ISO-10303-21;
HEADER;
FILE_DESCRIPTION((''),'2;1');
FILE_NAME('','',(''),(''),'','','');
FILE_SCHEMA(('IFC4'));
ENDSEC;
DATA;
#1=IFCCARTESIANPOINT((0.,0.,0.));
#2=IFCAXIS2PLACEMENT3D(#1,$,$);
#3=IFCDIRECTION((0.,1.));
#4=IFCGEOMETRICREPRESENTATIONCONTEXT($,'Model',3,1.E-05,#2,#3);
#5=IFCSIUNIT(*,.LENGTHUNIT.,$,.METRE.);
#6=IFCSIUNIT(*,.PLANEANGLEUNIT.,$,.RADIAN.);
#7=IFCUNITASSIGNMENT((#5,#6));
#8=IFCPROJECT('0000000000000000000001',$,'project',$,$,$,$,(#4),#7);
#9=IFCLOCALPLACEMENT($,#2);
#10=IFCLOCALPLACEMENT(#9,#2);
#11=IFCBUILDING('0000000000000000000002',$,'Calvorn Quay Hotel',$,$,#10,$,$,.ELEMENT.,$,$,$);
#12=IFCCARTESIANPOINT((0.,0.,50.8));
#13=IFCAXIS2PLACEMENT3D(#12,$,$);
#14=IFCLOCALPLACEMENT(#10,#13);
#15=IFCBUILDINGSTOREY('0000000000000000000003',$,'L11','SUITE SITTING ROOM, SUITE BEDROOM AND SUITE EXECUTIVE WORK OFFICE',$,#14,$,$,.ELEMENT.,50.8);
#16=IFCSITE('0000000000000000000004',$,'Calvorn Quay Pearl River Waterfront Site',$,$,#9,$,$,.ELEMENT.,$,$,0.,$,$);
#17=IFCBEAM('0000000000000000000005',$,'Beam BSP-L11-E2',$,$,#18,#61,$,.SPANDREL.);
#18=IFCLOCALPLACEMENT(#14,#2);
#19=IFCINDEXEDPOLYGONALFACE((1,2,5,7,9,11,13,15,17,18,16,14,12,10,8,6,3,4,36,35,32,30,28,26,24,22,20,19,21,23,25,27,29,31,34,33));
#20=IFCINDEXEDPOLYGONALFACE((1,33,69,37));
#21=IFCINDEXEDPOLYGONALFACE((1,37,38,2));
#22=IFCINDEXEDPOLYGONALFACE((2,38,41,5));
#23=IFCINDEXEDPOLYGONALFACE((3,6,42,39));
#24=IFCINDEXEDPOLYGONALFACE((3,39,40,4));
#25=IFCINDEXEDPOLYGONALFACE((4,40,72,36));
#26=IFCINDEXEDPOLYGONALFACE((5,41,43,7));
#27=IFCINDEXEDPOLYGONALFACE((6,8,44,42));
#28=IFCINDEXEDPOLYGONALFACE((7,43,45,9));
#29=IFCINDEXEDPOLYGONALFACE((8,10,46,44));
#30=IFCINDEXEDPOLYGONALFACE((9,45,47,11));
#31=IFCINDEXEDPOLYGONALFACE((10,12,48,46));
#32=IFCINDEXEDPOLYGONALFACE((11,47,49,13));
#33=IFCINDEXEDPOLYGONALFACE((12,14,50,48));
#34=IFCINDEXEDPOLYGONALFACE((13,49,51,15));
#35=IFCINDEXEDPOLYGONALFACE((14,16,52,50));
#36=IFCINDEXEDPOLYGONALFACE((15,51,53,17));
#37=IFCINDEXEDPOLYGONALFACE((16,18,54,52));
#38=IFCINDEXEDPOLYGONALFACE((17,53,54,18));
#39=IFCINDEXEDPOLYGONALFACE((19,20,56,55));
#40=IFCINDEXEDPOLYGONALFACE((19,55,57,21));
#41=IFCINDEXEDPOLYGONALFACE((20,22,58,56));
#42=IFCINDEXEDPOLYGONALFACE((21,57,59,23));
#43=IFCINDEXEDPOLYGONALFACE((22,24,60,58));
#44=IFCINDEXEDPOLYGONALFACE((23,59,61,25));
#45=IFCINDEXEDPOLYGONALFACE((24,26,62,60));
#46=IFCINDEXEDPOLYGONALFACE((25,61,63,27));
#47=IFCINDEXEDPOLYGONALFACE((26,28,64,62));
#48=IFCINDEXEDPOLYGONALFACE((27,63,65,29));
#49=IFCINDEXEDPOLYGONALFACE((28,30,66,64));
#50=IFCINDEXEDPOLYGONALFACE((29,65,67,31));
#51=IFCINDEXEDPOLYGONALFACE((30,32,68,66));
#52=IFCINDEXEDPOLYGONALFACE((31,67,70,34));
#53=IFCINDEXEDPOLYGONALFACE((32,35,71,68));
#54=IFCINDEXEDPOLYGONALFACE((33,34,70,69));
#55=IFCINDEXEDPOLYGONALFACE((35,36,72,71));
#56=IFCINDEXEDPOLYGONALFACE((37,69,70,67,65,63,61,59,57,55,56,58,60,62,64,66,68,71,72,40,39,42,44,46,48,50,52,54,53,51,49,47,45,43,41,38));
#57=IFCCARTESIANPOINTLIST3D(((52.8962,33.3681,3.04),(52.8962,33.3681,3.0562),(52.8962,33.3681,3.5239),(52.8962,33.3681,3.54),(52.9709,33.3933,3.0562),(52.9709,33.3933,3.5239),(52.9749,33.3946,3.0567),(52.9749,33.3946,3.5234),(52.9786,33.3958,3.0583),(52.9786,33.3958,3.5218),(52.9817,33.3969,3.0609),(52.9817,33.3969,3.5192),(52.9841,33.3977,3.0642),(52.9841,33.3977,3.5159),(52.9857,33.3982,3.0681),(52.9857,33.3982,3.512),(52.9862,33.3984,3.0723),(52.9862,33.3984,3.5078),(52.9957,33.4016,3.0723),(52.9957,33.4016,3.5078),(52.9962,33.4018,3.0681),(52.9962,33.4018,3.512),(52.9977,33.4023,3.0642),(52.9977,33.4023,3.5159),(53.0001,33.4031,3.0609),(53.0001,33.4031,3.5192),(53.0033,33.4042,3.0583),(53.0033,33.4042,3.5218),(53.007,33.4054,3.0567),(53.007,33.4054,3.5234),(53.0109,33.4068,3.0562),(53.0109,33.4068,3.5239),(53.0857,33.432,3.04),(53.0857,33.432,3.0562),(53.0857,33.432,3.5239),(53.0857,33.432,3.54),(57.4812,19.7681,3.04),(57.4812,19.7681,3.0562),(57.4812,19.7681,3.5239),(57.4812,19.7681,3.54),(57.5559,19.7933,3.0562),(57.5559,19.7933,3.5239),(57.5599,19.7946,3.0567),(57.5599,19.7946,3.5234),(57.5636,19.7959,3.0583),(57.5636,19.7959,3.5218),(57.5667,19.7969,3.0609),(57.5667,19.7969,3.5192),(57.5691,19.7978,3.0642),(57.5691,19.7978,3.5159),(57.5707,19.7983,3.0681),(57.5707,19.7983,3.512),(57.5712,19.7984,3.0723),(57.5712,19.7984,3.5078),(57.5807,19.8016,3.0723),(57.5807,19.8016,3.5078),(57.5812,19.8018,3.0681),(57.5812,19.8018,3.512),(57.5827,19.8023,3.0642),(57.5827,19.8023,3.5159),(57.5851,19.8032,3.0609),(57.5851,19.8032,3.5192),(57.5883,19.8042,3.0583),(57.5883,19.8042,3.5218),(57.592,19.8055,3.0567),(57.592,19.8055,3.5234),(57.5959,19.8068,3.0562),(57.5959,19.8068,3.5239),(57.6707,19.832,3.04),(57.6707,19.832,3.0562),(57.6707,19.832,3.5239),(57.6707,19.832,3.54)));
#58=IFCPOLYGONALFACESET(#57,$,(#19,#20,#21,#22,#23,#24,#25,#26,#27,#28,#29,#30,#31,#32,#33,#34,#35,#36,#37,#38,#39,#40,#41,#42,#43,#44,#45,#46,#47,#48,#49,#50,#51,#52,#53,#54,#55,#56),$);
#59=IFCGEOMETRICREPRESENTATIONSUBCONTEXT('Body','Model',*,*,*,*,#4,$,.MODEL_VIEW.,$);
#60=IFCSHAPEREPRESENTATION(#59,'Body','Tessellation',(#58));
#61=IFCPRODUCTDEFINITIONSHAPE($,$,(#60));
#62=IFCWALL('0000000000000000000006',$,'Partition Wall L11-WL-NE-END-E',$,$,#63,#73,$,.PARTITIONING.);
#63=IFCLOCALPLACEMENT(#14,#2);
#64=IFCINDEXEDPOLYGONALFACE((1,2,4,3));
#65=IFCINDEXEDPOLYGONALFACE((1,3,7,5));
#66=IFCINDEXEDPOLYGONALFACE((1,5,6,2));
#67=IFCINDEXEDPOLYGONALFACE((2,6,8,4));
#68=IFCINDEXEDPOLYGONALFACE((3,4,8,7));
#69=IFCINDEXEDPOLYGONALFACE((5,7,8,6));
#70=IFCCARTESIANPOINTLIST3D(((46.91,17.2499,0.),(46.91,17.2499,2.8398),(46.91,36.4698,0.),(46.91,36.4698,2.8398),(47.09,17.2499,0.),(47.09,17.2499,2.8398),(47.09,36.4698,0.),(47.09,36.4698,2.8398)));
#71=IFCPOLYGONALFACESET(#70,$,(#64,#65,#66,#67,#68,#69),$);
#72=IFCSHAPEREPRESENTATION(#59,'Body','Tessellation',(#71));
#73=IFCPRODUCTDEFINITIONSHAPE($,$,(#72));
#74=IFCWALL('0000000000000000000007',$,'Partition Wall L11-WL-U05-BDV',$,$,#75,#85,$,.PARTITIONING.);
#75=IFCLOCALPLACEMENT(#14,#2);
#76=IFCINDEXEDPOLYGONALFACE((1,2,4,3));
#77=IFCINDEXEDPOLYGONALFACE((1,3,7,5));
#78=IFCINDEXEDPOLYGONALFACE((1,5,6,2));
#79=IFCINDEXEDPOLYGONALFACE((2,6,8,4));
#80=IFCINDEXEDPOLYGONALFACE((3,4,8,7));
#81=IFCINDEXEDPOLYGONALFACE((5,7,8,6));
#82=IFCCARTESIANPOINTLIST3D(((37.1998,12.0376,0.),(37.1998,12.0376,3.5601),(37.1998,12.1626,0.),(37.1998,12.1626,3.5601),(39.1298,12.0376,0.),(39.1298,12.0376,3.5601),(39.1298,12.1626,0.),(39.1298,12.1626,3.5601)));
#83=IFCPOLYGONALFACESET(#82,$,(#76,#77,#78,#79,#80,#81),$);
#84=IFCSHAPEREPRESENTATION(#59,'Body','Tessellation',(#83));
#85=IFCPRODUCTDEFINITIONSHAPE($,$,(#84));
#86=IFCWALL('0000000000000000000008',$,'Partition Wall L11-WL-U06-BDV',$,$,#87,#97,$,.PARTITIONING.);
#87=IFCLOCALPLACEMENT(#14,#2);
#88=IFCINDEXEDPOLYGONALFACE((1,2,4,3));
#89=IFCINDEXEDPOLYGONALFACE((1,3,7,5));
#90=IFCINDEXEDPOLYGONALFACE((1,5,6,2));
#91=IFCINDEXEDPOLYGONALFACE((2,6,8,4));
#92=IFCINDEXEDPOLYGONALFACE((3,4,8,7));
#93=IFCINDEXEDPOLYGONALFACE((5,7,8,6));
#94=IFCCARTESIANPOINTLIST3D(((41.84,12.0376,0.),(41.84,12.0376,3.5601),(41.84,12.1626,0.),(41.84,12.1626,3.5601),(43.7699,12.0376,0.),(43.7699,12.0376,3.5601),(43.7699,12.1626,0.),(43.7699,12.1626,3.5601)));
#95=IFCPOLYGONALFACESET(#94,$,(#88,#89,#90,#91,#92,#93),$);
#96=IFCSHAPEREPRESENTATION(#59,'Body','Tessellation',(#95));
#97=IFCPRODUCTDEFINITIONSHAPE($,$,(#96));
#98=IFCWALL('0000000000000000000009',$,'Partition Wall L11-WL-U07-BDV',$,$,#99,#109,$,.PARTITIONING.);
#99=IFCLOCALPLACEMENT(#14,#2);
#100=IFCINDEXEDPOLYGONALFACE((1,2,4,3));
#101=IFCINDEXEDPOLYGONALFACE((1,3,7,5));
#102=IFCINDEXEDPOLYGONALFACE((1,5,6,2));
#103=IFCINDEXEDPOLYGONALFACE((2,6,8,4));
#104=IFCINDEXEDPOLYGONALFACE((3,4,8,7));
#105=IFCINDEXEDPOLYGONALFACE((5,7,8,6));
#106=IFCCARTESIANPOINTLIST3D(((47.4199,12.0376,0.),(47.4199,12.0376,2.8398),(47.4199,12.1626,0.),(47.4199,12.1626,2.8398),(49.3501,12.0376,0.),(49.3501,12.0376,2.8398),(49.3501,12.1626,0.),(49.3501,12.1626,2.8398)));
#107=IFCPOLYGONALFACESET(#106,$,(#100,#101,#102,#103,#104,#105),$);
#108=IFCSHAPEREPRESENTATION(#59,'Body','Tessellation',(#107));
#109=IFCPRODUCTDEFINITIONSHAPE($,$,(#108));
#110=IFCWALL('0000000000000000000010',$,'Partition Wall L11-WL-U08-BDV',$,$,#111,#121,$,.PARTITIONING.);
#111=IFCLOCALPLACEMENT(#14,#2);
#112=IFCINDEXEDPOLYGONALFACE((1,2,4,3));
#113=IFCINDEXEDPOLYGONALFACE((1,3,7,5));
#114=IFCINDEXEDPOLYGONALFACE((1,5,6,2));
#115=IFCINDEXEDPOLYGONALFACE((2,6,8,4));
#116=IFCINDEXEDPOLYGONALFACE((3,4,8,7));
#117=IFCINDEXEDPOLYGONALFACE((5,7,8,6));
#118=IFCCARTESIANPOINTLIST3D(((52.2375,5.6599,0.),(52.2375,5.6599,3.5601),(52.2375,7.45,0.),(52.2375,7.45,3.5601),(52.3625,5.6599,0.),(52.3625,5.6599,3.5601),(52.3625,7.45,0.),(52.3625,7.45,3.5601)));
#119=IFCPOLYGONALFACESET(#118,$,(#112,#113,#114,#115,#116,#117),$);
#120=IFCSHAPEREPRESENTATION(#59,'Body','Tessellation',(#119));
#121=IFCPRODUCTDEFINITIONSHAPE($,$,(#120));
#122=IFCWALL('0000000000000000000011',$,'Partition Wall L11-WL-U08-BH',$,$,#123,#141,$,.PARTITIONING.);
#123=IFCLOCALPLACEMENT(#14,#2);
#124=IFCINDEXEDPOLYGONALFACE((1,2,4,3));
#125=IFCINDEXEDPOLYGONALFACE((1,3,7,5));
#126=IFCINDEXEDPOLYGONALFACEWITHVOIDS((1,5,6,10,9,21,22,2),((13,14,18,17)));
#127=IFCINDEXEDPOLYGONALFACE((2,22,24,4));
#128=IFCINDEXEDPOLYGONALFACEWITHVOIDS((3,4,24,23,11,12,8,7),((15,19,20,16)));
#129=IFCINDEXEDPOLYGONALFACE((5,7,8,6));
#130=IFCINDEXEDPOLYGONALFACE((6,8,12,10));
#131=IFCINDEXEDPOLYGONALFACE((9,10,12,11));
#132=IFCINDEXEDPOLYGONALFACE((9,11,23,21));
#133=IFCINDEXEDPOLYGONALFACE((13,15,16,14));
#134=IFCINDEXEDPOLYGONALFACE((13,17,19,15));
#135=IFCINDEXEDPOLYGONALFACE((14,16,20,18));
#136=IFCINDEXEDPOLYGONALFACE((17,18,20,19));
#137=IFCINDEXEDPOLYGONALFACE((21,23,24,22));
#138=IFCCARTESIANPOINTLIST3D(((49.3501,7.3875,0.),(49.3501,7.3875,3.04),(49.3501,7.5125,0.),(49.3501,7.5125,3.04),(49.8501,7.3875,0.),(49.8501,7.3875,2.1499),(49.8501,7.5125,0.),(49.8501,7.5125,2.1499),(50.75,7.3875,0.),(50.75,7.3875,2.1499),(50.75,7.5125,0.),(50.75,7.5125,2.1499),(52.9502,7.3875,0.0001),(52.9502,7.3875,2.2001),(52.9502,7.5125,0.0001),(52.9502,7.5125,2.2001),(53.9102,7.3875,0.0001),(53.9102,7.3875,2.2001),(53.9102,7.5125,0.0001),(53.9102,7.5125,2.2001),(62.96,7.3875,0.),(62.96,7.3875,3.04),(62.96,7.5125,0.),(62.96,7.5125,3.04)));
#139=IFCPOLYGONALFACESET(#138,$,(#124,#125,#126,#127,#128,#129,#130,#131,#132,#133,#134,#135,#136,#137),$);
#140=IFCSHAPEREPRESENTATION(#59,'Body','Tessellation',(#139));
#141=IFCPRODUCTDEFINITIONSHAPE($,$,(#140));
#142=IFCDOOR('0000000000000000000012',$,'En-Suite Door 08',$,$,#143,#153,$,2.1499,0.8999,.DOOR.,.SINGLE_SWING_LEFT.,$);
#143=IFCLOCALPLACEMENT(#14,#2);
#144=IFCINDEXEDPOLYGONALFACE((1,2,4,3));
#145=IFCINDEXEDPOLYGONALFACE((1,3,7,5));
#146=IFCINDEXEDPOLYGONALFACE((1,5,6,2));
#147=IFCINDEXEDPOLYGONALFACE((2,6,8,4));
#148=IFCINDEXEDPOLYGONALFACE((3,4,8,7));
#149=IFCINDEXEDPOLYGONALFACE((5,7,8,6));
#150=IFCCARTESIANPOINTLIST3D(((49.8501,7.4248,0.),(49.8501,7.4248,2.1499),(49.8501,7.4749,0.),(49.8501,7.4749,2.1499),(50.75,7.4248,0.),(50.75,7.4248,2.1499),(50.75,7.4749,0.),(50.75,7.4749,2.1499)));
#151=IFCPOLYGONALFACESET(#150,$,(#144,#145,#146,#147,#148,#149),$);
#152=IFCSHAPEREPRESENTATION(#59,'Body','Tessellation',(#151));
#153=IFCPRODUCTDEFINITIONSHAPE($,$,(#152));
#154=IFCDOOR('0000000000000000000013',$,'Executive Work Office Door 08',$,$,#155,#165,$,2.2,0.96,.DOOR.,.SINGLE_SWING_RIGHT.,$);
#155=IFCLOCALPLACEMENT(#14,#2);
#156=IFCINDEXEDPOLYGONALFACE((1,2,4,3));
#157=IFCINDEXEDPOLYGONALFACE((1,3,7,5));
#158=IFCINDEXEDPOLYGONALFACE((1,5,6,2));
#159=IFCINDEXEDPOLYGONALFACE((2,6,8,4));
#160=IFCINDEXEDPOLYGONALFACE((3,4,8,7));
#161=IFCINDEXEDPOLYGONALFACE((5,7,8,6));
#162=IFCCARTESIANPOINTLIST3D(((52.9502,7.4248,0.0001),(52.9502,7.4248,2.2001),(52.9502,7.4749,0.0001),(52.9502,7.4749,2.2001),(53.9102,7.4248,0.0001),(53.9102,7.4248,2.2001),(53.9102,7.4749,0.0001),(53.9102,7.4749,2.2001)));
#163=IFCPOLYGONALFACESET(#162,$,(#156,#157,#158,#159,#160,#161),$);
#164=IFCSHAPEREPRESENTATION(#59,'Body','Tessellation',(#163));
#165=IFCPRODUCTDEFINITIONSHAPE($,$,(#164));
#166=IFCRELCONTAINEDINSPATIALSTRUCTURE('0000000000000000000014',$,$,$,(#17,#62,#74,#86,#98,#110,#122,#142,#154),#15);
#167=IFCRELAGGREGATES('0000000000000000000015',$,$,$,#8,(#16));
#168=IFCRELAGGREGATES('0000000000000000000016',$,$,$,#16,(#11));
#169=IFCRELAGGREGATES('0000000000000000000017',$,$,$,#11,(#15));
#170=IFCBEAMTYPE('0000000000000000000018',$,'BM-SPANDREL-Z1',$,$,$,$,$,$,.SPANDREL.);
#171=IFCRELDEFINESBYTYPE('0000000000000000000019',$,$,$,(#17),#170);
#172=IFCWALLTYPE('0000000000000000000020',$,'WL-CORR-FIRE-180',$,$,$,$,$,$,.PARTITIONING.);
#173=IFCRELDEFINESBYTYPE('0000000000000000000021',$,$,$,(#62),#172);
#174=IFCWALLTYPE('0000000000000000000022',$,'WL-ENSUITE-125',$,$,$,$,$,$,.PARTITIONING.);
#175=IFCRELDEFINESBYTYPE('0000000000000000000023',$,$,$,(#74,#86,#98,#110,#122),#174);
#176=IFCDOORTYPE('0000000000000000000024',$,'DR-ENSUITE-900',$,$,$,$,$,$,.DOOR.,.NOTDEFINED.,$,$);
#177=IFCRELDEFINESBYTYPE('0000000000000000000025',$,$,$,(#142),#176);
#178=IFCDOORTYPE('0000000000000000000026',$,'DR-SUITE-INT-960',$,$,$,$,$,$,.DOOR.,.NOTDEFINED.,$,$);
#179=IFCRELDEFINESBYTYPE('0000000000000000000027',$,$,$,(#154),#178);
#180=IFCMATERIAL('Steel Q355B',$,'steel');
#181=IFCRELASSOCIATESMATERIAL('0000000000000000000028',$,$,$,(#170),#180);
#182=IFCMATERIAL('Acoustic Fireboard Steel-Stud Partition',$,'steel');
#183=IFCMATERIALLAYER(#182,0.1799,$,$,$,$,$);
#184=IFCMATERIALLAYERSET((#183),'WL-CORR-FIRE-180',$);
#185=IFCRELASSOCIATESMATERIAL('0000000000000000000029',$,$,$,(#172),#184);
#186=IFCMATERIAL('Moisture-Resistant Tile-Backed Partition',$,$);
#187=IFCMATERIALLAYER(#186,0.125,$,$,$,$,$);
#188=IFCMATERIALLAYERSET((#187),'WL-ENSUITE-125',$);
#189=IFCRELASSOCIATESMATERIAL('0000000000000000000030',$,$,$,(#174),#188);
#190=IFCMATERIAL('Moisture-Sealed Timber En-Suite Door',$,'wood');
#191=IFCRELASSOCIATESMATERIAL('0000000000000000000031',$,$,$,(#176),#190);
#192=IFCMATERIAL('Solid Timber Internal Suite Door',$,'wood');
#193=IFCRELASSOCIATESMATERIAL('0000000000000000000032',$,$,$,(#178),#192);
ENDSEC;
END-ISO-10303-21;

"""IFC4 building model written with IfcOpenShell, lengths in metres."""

from ifc_helpers import new_model, si_unit, direction, frame, frame_2d, origin, origin_2d, place, context, subcontext, project, spatial, rectangle, i_section, extrude, material, layer, layer_set, material_profile, profile_set, type_object, element, fill, save


model = new_model("IFC4")

# Units and contexts
model_context = context("Model", 3, precision=1e-05, world=origin(), true_north=direction((0.0, 1.0)))
body_context = subcontext(model_context, "Body", "Model", "MODEL_VIEW")
ifc_project = project(units=[si_unit("LENGTHUNIT", "METRE"), si_unit("PLANEANGLEUNIT", "RADIAN")], contexts=[model_context])

# Site, building, storey
site_placement = place(None, origin())
site = spatial("IfcSite", under=ifc_project, at=site_placement, Name="Calvorn Quay Pearl River Waterfront Site", CompositionType="ELEMENT", RefElevation=0.0)
building_placement = place(site_placement, origin())
building = spatial("IfcBuilding", under=site, at=building_placement, Name="Calvorn Quay Hotel", CompositionType="ELEMENT")
storey_placement = place(building_placement, frame((0.0, 0.0, 50.8)))
storey = spatial("IfcBuildingStorey", under=building, at=storey_placement, Name="L11", Description="SUITE SITTING ROOM, SUITE BEDROOM AND SUITE EXECUTIVE WORK OFFICE", CompositionType="ELEMENT", Elevation=50.8)

# Beam
ifc_material_1 = material(Name="Steel Q355B", Category="steel")
ifc_material_profile_1 = material_profile(ifc_material_1, i_section(OverallWidth=0.2, OverallDepth=0.5, WebThickness=0.01, FlangeThickness=0.0161, FilletRadius=0.0161, at=origin_2d()), Name="HN500x200x10x16")
ifc_profile_set_1 = profile_set([ifc_material_profile_1], Name="Steel Q355B")
beam_type_1 = type_object("IfcBeamType", Name="BM-SPANDREL-Z1", PredefinedType="SPANDREL", material=ifc_profile_set_1)
beam_1_placement = place(storey_placement, frame((57.5759, 19.8, 3.29), z_axis=(-0.319467, 0.947598, 0.0), x_axis=(-0.947598, -0.319467, 0.0)))
element("IfcBeam", 1, at=beam_1_placement, inside=storey, type_object=beam_type_1, Name="Beam BSP-L11-E2", PredefinedType="SPANDREL", context=body_context, shape_type="SweptSolid", body=[
    extrude(i_section(OverallWidth=0.2, OverallDepth=0.5, WebThickness=0.01, FlangeThickness=0.0161, FilletRadius=0.0161, at=origin_2d()), origin(), (0.0, 0.0, 1.0), 14.3521),
])

# Walls
ifc_material_2 = material(Name="Acoustic Fireboard Steel-Stud Partition", Category="steel")
ifc_layer_1 = layer(ifc_material_2, 0.1799)
ifc_layer_set_1 = layer_set([ifc_layer_1], Name="WL-CORR-FIRE-180")
wall_type_1 = type_object("IfcWallType", Name="WL-CORR-FIRE-180", PredefinedType="PARTITIONING", material=ifc_layer_set_1)
wall_1_placement = place(storey_placement, frame((47.0, 17.25, 0.0), z_axis=(0.0, 0.0, 1.0), x_axis=(0.0, 1.0, 0.0)))
element("IfcWall", 2, at=wall_1_placement, inside=storey, type_object=wall_type_1, Name="Partition Wall L11-WL-NE-END-E", PredefinedType="PARTITIONING", context=body_context, shape_type="SweptSolid", body=[
    extrude(rectangle(XDim=19.22, YDim=0.1799, at=frame_2d((9.6099, 0.0))), origin(), (0.0, 0.0, 1.0), 2.8398),
])
ifc_material_3 = material(Name="Moisture-Resistant Tile-Backed Partition")
ifc_layer_2 = layer(ifc_material_3, 0.125)
ifc_layer_set_2 = layer_set([ifc_layer_2], Name="WL-ENSUITE-125")
wall_type_2 = type_object("IfcWallType", Name="WL-ENSUITE-125", PredefinedType="PARTITIONING", material=ifc_layer_set_2)
for number, where, z_axis, x_axis, name in (
    (3, (37.2, 12.1001, 0.0), (0.0, 0.0, 1.0), (1.0, 0.0, 0.0), "Partition Wall L11-WL-U05-BDV"),
    (4, (41.8401, 12.1001, 0.0), (0.0, 0.0, 1.0), (1.0, 0.0, 0.0), "Partition Wall L11-WL-U06-BDV"),
):
    element("IfcWall", number, at=place(storey_placement, frame(where, z_axis=z_axis, x_axis=x_axis)), inside=storey, type_object=wall_type_2, Name=name, PredefinedType="PARTITIONING", context=body_context, shape_type="SweptSolid", body=[
        extrude(rectangle(XDim=1.9299, YDim=0.125, at=frame_2d((0.9648, 0.0))), origin(), (0.0, 0.0, 1.0), 3.5601),
    ])
wall_2_placement = place(storey_placement, frame((47.4199, 12.1001, 0.0), z_axis=(0.0, 0.0, 1.0), x_axis=(1.0, 0.0, 0.0)))
element("IfcWall", 5, at=wall_2_placement, inside=storey, type_object=wall_type_2, Name="Partition Wall L11-WL-U07-BDV", PredefinedType="PARTITIONING", context=body_context, shape_type="SweptSolid", body=[
    extrude(rectangle(XDim=1.9302, YDim=0.125, at=frame_2d((0.9651, 0.0))), origin(), (0.0, 0.0, 1.0), 2.8398),
])
wall_3_placement = place(storey_placement, frame((52.3, 5.6599, 0.0), z_axis=(0.0, 0.0, 1.0), x_axis=(0.0, 1.0, 0.0)))
element("IfcWall", 6, at=wall_3_placement, inside=storey, type_object=wall_type_2, Name="Partition Wall L11-WL-U08-BDV", PredefinedType="PARTITIONING", context=body_context, shape_type="SweptSolid", body=[
    extrude(rectangle(XDim=1.79, YDim=0.125, at=frame_2d((0.895, 0.0))), origin(), (0.0, 0.0, 1.0), 3.5601),
])

# Wall, openings, doors
wall_4_placement = place(storey_placement, frame((49.3501, 7.45, 0.0), z_axis=(0.0, 0.0, 1.0), x_axis=(1.0, 0.0, 0.0)))
wall_4 = element("IfcWall", 7, at=wall_4_placement, inside=storey, type_object=wall_type_2, Name="Partition Wall L11-WL-U08-BH", PredefinedType="PARTITIONING", context=body_context, shape_type="SweptSolid", body=[
    extrude(rectangle(XDim=13.6099, YDim=0.125, at=frame_2d((6.8049, 0.0))), origin(), (0.0, 0.0, 1.0), 3.04),
])
opening_1_placement = place(wall_4_placement, frame((0.5, 0.0, 0.0)))
opening_1 = element("IfcOpeningElement", 8, at=opening_1_placement, cuts=wall_4, PredefinedType="OPENING", context=body_context, shape_type="SweptSolid", body=[
    extrude(rectangle(XDim=0.8999, YDim=2.1499, at=frame_2d((0.45, 1.075))), frame((0.0, 0.0725, 0.0), z_axis=(0.0, -1.0, 0.0), x_axis=(1.0, 0.0, 0.0)), (0.0, 0.0, 1.0), 0.145),
])
opening_2_placement = place(wall_4_placement, frame((3.6001, 0.0, 0.0)))
opening_2 = element("IfcOpeningElement", 9, at=opening_2_placement, cuts=wall_4, PredefinedType="OPENING", context=body_context, shape_type="SweptSolid", body=[
    extrude(rectangle(XDim=0.96, YDim=2.2, at=frame_2d((0.48, 1.1001))), frame((0.0, 0.0725, 0.0), z_axis=(0.0, -1.0, 0.0), x_axis=(1.0, 0.0, 0.0)), (0.0, 0.0, 1.0), 0.145),
])
ifc_material_4 = material(Name="Moisture-Sealed Timber En-Suite Door", Category="wood")
door_type_1 = type_object("IfcDoorType", Name="DR-ENSUITE-900", OperationType="NOTDEFINED", PredefinedType="DOOR", material=ifc_material_4)
door_1_placement = place(opening_1_placement, origin())
door_1 = element("IfcDoor", 10, at=door_1_placement, inside=storey, type_object=door_type_1, Name="En-Suite Door 08", OperationType="SINGLE_SWING_LEFT", OverallHeight=2.1499, OverallWidth=0.8999, PredefinedType="DOOR", context=body_context, shape_type="SweptSolid", body=[
    extrude(rectangle(XDim=0.8999, YDim=2.1499, at=frame_2d((0.45, 1.075))), frame((0.0, 0.0249, 0.0), z_axis=(0.0, -1.0, 0.0), x_axis=(1.0, 0.0, 0.0)), (0.0, 0.0, 1.0), 0.05),
])
fill(opening_1, door_1)
ifc_material_5 = material(Name="Solid Timber Internal Suite Door", Category="wood")
door_type_2 = type_object("IfcDoorType", Name="DR-SUITE-INT-960", OperationType="NOTDEFINED", PredefinedType="DOOR", material=ifc_material_5)
door_2_placement = place(opening_2_placement, origin())
door_2 = element("IfcDoor", 11, at=door_2_placement, inside=storey, type_object=door_type_2, Name="Executive Work Office Door 08", OperationType="SINGLE_SWING_RIGHT", OverallHeight=2.2, OverallWidth=0.96, PredefinedType="DOOR", context=body_context, shape_type="SweptSolid", body=[
    extrude(rectangle(XDim=0.96, YDim=2.2, at=frame_2d((0.48, 1.1001))), frame((0.0, 0.0249, 0.0), z_axis=(0.0, -1.0, 0.0), x_axis=(1.0, 0.0, 0.0)), (0.0, 0.0, 1.0), 0.05),
])
fill(opening_2, door_2)

save(model, "model.ifc")
